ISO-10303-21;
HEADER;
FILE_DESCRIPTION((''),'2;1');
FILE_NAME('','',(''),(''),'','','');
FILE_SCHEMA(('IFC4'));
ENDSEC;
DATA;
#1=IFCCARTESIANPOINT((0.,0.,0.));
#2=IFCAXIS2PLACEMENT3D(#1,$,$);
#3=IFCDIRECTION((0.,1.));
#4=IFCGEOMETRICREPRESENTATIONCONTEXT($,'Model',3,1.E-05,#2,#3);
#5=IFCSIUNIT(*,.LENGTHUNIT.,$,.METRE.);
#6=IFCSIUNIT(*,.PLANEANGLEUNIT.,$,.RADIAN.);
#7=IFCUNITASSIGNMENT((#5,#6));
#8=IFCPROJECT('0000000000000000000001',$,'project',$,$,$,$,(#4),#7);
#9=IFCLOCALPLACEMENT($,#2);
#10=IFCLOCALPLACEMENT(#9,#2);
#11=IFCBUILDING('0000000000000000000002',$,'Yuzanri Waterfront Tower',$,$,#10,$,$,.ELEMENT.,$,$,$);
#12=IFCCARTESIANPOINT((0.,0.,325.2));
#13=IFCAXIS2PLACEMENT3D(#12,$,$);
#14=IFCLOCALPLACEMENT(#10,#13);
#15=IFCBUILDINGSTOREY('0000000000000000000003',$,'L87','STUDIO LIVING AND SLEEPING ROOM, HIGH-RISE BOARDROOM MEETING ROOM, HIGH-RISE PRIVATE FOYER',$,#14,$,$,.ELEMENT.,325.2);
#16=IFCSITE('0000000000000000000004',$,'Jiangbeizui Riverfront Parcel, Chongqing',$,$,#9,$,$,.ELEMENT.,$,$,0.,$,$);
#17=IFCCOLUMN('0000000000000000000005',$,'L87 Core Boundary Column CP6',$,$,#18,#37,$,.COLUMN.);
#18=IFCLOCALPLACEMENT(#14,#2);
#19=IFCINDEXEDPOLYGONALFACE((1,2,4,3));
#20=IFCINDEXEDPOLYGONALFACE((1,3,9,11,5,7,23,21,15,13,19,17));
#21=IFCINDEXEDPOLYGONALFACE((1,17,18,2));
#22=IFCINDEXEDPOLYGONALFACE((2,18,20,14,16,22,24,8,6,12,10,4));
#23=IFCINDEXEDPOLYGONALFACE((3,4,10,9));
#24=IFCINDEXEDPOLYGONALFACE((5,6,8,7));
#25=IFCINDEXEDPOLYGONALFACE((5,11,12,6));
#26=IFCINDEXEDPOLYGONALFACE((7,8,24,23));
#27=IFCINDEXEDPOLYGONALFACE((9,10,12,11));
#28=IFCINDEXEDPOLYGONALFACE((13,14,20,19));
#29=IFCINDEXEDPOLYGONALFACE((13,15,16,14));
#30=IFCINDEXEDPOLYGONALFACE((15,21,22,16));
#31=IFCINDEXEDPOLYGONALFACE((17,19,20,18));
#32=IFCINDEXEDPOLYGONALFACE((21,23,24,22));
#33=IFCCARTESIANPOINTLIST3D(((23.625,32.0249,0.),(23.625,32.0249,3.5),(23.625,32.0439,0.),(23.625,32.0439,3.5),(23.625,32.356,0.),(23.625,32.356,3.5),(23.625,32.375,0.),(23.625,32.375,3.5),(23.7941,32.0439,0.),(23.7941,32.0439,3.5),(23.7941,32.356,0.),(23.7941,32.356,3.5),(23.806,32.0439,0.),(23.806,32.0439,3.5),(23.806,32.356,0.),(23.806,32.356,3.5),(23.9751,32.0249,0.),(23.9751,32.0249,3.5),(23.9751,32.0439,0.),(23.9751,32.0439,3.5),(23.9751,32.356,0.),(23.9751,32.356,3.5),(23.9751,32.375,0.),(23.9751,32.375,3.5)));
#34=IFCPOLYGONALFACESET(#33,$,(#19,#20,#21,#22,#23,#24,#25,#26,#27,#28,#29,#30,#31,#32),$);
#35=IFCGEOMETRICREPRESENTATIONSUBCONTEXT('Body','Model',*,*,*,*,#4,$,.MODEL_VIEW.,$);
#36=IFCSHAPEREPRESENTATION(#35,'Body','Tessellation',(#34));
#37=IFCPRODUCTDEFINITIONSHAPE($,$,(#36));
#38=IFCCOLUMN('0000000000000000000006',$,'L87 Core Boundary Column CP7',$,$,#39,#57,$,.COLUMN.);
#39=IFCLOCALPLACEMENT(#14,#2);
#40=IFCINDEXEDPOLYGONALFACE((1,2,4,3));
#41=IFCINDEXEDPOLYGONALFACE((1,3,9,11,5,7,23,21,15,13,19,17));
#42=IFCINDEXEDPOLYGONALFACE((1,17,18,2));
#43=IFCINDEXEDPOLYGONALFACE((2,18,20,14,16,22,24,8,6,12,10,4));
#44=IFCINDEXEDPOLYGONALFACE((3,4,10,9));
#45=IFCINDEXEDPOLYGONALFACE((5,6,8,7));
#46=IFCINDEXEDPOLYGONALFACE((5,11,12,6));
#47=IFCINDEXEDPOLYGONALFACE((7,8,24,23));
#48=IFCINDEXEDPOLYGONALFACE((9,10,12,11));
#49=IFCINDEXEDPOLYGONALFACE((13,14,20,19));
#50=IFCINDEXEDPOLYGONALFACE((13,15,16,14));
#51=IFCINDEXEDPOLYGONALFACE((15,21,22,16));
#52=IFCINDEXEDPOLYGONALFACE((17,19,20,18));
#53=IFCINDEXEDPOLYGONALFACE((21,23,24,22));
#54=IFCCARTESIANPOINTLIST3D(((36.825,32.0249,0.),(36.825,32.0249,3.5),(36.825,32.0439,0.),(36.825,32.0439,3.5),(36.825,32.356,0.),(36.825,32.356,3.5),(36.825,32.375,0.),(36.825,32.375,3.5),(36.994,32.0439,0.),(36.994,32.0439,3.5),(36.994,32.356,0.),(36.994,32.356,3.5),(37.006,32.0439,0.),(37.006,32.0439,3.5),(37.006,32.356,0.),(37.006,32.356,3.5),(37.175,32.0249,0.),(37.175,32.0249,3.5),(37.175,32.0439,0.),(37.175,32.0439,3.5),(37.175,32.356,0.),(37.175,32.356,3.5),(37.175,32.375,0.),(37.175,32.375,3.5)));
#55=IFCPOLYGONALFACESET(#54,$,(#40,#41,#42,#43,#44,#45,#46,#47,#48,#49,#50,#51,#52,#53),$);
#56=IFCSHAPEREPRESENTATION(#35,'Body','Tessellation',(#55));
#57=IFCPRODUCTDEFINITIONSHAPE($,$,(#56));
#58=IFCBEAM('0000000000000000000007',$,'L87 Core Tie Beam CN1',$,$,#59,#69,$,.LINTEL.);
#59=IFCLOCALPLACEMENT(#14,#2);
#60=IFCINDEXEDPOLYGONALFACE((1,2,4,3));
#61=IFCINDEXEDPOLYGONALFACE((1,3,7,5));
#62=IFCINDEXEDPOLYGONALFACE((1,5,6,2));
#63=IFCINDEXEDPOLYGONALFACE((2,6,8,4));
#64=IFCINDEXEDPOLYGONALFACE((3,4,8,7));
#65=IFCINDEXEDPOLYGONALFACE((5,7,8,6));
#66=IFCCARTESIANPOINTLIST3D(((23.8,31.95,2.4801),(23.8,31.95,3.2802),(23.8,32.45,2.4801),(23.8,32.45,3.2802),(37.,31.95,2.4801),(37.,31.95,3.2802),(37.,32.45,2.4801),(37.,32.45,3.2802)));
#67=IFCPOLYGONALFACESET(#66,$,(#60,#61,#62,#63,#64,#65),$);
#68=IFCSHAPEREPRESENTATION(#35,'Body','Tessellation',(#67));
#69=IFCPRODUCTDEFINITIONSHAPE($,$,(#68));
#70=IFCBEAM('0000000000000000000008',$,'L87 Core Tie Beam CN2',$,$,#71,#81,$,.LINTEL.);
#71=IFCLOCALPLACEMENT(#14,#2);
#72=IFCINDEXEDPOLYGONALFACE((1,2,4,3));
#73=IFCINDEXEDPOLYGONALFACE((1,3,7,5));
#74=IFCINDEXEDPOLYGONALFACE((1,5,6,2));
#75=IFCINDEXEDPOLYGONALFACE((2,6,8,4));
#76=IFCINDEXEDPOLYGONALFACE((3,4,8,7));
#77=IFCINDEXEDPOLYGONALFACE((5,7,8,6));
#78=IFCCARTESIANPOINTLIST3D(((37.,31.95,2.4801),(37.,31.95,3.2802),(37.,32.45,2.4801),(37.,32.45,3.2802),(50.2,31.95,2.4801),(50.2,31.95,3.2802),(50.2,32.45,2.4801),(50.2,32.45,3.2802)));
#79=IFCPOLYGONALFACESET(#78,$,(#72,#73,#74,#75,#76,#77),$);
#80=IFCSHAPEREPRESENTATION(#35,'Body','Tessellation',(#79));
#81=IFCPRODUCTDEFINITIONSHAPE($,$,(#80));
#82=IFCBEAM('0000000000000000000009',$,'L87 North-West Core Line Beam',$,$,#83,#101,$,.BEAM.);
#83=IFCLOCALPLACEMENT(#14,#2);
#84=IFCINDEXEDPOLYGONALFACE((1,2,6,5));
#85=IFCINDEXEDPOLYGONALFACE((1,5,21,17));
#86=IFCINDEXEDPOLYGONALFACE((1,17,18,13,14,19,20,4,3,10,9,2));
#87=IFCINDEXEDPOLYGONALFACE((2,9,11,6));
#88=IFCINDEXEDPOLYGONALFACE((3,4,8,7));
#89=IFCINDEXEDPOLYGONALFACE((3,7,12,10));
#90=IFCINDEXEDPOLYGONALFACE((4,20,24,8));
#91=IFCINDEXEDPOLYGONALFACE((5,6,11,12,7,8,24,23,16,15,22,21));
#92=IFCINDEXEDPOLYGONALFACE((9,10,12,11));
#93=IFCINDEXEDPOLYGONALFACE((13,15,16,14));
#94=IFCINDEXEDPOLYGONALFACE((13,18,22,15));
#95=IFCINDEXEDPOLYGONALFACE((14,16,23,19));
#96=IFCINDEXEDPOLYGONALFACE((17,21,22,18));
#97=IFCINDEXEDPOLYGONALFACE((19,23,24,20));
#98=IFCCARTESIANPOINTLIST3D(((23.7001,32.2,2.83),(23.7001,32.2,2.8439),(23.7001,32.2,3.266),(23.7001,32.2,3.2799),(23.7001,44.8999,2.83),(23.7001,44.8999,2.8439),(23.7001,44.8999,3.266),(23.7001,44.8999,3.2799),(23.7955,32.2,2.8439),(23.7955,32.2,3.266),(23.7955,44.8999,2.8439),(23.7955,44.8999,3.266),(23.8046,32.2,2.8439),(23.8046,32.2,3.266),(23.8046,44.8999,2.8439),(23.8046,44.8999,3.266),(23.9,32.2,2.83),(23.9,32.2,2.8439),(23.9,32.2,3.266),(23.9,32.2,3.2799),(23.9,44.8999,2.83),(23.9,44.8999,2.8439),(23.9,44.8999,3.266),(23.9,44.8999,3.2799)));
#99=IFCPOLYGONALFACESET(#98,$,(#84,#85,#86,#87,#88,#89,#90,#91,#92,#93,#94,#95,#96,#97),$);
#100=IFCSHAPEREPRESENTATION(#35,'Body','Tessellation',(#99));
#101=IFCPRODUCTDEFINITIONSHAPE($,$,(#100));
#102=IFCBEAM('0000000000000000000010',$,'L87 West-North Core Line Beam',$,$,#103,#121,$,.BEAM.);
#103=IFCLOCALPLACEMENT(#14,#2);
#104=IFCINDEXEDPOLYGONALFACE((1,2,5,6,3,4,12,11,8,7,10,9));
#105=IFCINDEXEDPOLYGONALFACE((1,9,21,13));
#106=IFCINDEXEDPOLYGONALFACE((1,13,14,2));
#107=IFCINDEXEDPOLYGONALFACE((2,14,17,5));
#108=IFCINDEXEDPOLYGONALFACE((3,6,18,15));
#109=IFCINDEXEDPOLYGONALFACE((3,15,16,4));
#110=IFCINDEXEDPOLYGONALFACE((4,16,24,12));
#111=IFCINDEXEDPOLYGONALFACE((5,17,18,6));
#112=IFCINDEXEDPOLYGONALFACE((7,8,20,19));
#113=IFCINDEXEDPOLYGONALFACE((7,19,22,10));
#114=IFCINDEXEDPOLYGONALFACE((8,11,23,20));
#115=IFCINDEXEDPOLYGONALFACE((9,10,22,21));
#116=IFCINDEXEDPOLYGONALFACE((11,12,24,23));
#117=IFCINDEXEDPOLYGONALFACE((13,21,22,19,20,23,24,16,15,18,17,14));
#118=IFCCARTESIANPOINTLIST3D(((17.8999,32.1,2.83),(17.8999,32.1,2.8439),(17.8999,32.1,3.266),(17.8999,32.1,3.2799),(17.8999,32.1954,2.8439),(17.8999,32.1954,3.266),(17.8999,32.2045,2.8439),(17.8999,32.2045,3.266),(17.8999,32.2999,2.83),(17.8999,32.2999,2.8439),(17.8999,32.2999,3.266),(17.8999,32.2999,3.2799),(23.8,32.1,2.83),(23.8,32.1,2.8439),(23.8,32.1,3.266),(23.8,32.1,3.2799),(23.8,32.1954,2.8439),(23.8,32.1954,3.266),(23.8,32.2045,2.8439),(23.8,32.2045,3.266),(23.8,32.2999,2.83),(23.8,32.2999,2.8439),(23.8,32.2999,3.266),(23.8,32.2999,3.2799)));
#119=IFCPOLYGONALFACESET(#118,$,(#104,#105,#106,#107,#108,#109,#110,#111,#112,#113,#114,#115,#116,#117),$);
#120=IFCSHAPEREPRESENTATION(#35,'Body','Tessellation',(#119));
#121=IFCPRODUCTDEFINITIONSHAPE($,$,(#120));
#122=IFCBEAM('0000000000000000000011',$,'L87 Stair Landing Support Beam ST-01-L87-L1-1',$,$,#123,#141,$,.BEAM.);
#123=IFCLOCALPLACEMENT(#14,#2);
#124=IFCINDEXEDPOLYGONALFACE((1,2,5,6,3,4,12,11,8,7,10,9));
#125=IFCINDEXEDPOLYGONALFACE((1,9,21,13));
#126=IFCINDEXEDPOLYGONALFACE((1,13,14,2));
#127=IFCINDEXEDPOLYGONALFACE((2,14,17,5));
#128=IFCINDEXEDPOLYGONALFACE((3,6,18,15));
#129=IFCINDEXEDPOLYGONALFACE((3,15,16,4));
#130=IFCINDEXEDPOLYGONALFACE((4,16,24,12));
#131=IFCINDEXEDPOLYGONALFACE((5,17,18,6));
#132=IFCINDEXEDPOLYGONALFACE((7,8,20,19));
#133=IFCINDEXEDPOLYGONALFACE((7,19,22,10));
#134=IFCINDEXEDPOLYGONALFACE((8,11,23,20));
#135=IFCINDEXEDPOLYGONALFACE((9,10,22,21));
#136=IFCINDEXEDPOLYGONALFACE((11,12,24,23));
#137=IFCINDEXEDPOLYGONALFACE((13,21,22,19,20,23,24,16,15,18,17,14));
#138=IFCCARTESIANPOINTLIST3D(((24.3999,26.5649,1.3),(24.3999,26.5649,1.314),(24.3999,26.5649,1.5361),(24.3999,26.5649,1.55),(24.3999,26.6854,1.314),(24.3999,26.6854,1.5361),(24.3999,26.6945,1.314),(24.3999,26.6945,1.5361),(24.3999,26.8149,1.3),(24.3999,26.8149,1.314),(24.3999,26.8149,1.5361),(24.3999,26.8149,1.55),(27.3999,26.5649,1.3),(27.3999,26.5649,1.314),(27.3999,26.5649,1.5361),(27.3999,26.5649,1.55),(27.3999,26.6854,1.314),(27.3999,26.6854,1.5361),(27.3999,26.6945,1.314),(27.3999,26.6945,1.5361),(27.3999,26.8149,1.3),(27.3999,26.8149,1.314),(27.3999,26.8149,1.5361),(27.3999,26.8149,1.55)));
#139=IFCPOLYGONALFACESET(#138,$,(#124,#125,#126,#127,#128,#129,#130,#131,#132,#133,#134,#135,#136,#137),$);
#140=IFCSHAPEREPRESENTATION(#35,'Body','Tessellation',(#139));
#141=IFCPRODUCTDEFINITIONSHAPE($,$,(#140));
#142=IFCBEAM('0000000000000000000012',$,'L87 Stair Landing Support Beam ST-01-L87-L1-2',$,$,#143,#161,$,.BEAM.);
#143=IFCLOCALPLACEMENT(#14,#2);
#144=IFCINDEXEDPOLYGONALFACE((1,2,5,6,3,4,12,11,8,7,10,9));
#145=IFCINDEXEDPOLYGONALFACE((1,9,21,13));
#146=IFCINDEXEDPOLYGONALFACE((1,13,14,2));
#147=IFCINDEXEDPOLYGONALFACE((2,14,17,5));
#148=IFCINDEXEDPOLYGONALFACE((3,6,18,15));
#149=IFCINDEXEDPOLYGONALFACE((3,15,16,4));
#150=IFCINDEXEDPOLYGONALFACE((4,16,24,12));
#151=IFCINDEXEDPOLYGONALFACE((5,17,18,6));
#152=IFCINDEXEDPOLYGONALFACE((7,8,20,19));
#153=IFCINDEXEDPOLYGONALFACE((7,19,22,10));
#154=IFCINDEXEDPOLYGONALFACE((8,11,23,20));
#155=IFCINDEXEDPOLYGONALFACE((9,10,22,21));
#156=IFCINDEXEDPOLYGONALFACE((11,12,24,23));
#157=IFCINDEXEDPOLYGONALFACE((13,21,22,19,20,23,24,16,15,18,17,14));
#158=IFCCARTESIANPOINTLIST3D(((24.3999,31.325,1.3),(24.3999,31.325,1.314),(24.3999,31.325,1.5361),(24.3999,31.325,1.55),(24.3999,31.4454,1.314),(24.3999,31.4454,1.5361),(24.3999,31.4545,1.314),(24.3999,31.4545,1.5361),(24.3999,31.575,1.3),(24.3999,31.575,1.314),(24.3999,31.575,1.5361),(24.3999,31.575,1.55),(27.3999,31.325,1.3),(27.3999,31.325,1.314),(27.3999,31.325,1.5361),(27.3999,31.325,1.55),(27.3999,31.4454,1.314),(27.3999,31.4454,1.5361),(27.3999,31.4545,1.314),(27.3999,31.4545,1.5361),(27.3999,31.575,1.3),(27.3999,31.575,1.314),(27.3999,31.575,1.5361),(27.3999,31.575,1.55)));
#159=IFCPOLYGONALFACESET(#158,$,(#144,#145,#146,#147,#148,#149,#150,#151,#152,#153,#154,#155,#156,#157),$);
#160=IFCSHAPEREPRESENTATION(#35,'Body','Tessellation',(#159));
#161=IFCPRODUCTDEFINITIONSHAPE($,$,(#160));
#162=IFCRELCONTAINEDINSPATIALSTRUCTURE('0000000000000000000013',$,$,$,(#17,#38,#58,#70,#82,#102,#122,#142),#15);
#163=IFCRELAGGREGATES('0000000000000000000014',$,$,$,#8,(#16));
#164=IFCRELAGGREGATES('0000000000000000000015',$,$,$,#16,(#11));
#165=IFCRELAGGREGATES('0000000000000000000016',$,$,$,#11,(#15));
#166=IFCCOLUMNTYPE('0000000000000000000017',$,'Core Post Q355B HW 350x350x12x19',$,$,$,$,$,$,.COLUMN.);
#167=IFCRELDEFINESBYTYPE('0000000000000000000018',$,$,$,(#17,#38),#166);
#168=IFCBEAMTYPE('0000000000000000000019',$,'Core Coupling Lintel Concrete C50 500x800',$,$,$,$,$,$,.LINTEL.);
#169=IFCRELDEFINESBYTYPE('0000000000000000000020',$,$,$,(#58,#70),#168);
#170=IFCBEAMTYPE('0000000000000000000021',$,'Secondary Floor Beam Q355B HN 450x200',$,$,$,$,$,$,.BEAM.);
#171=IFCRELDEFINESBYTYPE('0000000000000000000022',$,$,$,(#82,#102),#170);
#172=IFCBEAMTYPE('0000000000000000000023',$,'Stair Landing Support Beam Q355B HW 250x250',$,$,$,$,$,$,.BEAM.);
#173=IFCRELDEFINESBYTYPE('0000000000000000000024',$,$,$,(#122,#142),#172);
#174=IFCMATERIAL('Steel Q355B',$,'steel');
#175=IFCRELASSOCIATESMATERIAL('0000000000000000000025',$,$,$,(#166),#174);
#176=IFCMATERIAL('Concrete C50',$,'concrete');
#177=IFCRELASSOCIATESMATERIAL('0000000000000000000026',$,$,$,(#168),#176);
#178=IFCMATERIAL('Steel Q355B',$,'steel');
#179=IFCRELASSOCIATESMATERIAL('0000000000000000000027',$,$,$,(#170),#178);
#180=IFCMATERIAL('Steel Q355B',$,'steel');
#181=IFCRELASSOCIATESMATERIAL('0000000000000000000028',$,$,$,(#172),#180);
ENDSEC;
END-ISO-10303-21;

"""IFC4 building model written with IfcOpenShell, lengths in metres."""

from ifc_helpers import new_model, si_unit, direction, frame, origin, origin_2d, place, context, subcontext, project, spatial, rectangle, i_section, extrude, source, transform, mapped, material, material_profile, profile_set, type_object, element, save


model = new_model("IFC4")

# Units and contexts
model_context = context("Model", 3, precision=1e-05, world=origin(), true_north=direction((0.0, 1.0)))
body_context = subcontext(model_context, "Body", "Model", "MODEL_VIEW")
ifc_project = project(units=[si_unit("LENGTHUNIT", "METRE"), si_unit("PLANEANGLEUNIT", "RADIAN")], contexts=[model_context])

# Site, building, storey
site_placement = place(None, origin())
site = spatial("IfcSite", under=ifc_project, at=site_placement, Name="Jiangbeizui Riverfront Parcel, Chongqing", CompositionType="ELEMENT", RefElevation=0.0)
building_placement = place(site_placement, origin())
building = spatial("IfcBuilding", under=site, at=building_placement, Name="Yuzanri Waterfront Tower", CompositionType="ELEMENT")
storey_placement = place(building_placement, frame((0.0, 0.0, 325.2)))
storey = spatial("IfcBuildingStorey", under=building, at=storey_placement, Name="L87", Description="STUDIO LIVING AND SLEEPING ROOM, HIGH-RISE BOARDROOM MEETING ROOM, HIGH-RISE PRIVATE FOYER", CompositionType="ELEMENT", Elevation=325.2)

# Columns
ifc_material_1 = material(Name="Steel Q355B", Category="steel")
ifc_material_profile_1 = material_profile(ifc_material_1, i_section(OverallWidth=0.3501, OverallDepth=0.3501, WebThickness=0.012, FlangeThickness=0.019, at=origin_2d()), Name="HW 350x350x12x19")
ifc_profile_set_1 = profile_set([ifc_material_profile_1], Name="Steel Q355B")
column_type = type_object("IfcColumnType", Name="Core Post Q355B HW 350x350x12x19", PredefinedType="COLUMN", material=ifc_profile_set_1)
shared_shape_1 = source(origin(), body_context, "Body", "SweptSolid", [
    extrude(i_section(OverallWidth=0.3501, OverallDepth=0.3501, WebThickness=0.012, FlangeThickness=0.019, at=origin_2d()), origin(), (0.0, 0.0, 1.0), 3.5),
])
for number, where, z_axis, x_axis, name in (
    (1, (23.8, 32.2, 0.0), (0.0, 0.0, 1.0), (1.0, 0.0, 0.0), "L87 Core Boundary Column CP6"),
    (2, (37.0, 32.2, 0.0), (0.0, 0.0, 1.0), (1.0, 0.0, 0.0), "L87 Core Boundary Column CP7"),
):
    element("IfcColumn", number, at=place(storey_placement, frame(where, z_axis=z_axis, x_axis=x_axis)), inside=storey, type_object=column_type, Name=name, PredefinedType="COLUMN", context=body_context, shape_type="MappedRepresentation", body=[
        mapped(shared_shape_1, transform((0.0, 0.0, 0.0), scale=1.0)),
    ])

# Beams
ifc_material_2 = material(Name="Concrete C50", Category="concrete")
ifc_material_profile_2 = material_profile(ifc_material_2, rectangle(XDim=0.5, YDim=0.8, at=origin_2d()), Name="RC 500x800")
ifc_profile_set_2 = profile_set([ifc_material_profile_2], Name="Concrete C50")
beam_type_1 = type_object("IfcBeamType", Name="Core Coupling Lintel Concrete C50 500x800", PredefinedType="LINTEL", material=ifc_profile_set_2)
shared_shape_2 = source(origin(), body_context, "Body", "SweptSolid", [
    extrude(rectangle(XDim=0.5, YDim=0.8, at=origin_2d()), origin(), (0.0, 0.0, 1.0), 13.2),
])
for number, where, z_axis, x_axis, name in (
    (3, (23.8, 32.2, 2.8801), (1.0, 0.0, 0.0), (0.0, 1.0, 0.0), "L87 Core Tie Beam CN1"),
    (4, (37.0, 32.2, 2.8801), (1.0, 0.0, 0.0), (0.0, 1.0, 0.0), "L87 Core Tie Beam CN2"),
):
    element("IfcBeam", number, at=place(storey_placement, frame(where, z_axis=z_axis, x_axis=x_axis)), inside=storey, type_object=beam_type_1, Name=name, PredefinedType="LINTEL", context=body_context, shape_type="MappedRepresentation", body=[
        mapped(shared_shape_2, transform((0.0, 0.0, 0.0), scale=1.0)),
    ])
ifc_material_3 = material(Name="Steel Q355B", Category="steel")
ifc_material_profile_3 = material_profile(ifc_material_3, i_section(OverallWidth=0.2, OverallDepth=0.45, WebThickness=0.009, FlangeThickness=0.0139, at=origin_2d()), Name="HN 450x200x9x14")
ifc_profile_set_3 = profile_set([ifc_material_profile_3], Name="Steel Q355B")
beam_type_2 = type_object("IfcBeamType", Name="Secondary Floor Beam Q355B HN 450x200", PredefinedType="BEAM", material=ifc_profile_set_3)
shared_shape_3 = source(origin(), body_context, "Body", "SweptSolid", [
    extrude(i_section(OverallWidth=0.2, OverallDepth=0.45, WebThickness=0.009, FlangeThickness=0.0139, at=origin_2d()), origin(), (0.0, 0.0, 1.0), 12.7),
])
beam_1_placement = place(storey_placement, frame((23.8, 32.2, 3.0549), z_axis=(0.0, 1.0, 0.0), x_axis=(-1.0, 0.0, 0.0)))
element("IfcBeam", 5, at=beam_1_placement, inside=storey, type_object=beam_type_2, Name="L87 North-West Core Line Beam", PredefinedType="BEAM", context=body_context, shape_type="MappedRepresentation", body=[
    mapped(shared_shape_3, transform((0.0, 0.0, 0.0), scale=1.0)),
])
shared_shape_4 = source(origin(), body_context, "Body", "SweptSolid", [
    extrude(i_section(OverallWidth=0.2, OverallDepth=0.45, WebThickness=0.009, FlangeThickness=0.0139, at=origin_2d()), origin(), (0.0, 0.0, 1.0), 5.9001),
])
beam_2_placement = place(storey_placement, frame((23.8, 32.2, 3.0549), z_axis=(-1.0, 0.0, 0.0), x_axis=(0.0, -1.0, 0.0)))
element("IfcBeam", 6, at=beam_2_placement, inside=storey, type_object=beam_type_2, Name="L87 West-North Core Line Beam", PredefinedType="BEAM", context=body_context, shape_type="MappedRepresentation", body=[
    mapped(shared_shape_4, transform((0.0, 0.0, 0.0), scale=1.0)),
])
ifc_material_4 = material(Name="Steel Q355B", Category="steel")
ifc_material_profile_4 = material_profile(ifc_material_4, i_section(OverallWidth=0.25, OverallDepth=0.25, WebThickness=0.009, FlangeThickness=0.0139, at=origin_2d()), Name="HW 250x250x9x14")
ifc_profile_set_4 = profile_set([ifc_material_profile_4], Name="Steel Q355B")
beam_type_3 = type_object("IfcBeamType", Name="Stair Landing Support Beam Q355B HW 250x250", PredefinedType="BEAM", material=ifc_profile_set_4)
shared_shape_5 = source(origin(), body_context, "Body", "SweptSolid", [
    extrude(i_section(OverallWidth=0.25, OverallDepth=0.25, WebThickness=0.009, FlangeThickness=0.0139, at=origin_2d()), origin(), (0.0, 0.0, 1.0), 3.0),
])
for number, where, z_axis, x_axis, name in (
    (7, (24.3999, 26.6899, 1.425), (1.0, 0.0, 0.0), (0.0, 1.0, 0.0), "L87 Stair Landing Support Beam ST-01-L87-L1-1"),
    (8, (24.3999, 31.45, 1.425), (1.0, 0.0, 0.0), (0.0, 1.0, 0.0), "L87 Stair Landing Support Beam ST-01-L87-L1-2"),
):
    element("IfcBeam", number, at=place(storey_placement, frame(where, z_axis=z_axis, x_axis=x_axis)), inside=storey, type_object=beam_type_3, Name=name, PredefinedType="BEAM", context=body_context, shape_type="MappedRepresentation", body=[
        mapped(shared_shape_5, transform((0.0, 0.0, 0.0), scale=1.0)),
    ])

save(model, "model.ifc")
